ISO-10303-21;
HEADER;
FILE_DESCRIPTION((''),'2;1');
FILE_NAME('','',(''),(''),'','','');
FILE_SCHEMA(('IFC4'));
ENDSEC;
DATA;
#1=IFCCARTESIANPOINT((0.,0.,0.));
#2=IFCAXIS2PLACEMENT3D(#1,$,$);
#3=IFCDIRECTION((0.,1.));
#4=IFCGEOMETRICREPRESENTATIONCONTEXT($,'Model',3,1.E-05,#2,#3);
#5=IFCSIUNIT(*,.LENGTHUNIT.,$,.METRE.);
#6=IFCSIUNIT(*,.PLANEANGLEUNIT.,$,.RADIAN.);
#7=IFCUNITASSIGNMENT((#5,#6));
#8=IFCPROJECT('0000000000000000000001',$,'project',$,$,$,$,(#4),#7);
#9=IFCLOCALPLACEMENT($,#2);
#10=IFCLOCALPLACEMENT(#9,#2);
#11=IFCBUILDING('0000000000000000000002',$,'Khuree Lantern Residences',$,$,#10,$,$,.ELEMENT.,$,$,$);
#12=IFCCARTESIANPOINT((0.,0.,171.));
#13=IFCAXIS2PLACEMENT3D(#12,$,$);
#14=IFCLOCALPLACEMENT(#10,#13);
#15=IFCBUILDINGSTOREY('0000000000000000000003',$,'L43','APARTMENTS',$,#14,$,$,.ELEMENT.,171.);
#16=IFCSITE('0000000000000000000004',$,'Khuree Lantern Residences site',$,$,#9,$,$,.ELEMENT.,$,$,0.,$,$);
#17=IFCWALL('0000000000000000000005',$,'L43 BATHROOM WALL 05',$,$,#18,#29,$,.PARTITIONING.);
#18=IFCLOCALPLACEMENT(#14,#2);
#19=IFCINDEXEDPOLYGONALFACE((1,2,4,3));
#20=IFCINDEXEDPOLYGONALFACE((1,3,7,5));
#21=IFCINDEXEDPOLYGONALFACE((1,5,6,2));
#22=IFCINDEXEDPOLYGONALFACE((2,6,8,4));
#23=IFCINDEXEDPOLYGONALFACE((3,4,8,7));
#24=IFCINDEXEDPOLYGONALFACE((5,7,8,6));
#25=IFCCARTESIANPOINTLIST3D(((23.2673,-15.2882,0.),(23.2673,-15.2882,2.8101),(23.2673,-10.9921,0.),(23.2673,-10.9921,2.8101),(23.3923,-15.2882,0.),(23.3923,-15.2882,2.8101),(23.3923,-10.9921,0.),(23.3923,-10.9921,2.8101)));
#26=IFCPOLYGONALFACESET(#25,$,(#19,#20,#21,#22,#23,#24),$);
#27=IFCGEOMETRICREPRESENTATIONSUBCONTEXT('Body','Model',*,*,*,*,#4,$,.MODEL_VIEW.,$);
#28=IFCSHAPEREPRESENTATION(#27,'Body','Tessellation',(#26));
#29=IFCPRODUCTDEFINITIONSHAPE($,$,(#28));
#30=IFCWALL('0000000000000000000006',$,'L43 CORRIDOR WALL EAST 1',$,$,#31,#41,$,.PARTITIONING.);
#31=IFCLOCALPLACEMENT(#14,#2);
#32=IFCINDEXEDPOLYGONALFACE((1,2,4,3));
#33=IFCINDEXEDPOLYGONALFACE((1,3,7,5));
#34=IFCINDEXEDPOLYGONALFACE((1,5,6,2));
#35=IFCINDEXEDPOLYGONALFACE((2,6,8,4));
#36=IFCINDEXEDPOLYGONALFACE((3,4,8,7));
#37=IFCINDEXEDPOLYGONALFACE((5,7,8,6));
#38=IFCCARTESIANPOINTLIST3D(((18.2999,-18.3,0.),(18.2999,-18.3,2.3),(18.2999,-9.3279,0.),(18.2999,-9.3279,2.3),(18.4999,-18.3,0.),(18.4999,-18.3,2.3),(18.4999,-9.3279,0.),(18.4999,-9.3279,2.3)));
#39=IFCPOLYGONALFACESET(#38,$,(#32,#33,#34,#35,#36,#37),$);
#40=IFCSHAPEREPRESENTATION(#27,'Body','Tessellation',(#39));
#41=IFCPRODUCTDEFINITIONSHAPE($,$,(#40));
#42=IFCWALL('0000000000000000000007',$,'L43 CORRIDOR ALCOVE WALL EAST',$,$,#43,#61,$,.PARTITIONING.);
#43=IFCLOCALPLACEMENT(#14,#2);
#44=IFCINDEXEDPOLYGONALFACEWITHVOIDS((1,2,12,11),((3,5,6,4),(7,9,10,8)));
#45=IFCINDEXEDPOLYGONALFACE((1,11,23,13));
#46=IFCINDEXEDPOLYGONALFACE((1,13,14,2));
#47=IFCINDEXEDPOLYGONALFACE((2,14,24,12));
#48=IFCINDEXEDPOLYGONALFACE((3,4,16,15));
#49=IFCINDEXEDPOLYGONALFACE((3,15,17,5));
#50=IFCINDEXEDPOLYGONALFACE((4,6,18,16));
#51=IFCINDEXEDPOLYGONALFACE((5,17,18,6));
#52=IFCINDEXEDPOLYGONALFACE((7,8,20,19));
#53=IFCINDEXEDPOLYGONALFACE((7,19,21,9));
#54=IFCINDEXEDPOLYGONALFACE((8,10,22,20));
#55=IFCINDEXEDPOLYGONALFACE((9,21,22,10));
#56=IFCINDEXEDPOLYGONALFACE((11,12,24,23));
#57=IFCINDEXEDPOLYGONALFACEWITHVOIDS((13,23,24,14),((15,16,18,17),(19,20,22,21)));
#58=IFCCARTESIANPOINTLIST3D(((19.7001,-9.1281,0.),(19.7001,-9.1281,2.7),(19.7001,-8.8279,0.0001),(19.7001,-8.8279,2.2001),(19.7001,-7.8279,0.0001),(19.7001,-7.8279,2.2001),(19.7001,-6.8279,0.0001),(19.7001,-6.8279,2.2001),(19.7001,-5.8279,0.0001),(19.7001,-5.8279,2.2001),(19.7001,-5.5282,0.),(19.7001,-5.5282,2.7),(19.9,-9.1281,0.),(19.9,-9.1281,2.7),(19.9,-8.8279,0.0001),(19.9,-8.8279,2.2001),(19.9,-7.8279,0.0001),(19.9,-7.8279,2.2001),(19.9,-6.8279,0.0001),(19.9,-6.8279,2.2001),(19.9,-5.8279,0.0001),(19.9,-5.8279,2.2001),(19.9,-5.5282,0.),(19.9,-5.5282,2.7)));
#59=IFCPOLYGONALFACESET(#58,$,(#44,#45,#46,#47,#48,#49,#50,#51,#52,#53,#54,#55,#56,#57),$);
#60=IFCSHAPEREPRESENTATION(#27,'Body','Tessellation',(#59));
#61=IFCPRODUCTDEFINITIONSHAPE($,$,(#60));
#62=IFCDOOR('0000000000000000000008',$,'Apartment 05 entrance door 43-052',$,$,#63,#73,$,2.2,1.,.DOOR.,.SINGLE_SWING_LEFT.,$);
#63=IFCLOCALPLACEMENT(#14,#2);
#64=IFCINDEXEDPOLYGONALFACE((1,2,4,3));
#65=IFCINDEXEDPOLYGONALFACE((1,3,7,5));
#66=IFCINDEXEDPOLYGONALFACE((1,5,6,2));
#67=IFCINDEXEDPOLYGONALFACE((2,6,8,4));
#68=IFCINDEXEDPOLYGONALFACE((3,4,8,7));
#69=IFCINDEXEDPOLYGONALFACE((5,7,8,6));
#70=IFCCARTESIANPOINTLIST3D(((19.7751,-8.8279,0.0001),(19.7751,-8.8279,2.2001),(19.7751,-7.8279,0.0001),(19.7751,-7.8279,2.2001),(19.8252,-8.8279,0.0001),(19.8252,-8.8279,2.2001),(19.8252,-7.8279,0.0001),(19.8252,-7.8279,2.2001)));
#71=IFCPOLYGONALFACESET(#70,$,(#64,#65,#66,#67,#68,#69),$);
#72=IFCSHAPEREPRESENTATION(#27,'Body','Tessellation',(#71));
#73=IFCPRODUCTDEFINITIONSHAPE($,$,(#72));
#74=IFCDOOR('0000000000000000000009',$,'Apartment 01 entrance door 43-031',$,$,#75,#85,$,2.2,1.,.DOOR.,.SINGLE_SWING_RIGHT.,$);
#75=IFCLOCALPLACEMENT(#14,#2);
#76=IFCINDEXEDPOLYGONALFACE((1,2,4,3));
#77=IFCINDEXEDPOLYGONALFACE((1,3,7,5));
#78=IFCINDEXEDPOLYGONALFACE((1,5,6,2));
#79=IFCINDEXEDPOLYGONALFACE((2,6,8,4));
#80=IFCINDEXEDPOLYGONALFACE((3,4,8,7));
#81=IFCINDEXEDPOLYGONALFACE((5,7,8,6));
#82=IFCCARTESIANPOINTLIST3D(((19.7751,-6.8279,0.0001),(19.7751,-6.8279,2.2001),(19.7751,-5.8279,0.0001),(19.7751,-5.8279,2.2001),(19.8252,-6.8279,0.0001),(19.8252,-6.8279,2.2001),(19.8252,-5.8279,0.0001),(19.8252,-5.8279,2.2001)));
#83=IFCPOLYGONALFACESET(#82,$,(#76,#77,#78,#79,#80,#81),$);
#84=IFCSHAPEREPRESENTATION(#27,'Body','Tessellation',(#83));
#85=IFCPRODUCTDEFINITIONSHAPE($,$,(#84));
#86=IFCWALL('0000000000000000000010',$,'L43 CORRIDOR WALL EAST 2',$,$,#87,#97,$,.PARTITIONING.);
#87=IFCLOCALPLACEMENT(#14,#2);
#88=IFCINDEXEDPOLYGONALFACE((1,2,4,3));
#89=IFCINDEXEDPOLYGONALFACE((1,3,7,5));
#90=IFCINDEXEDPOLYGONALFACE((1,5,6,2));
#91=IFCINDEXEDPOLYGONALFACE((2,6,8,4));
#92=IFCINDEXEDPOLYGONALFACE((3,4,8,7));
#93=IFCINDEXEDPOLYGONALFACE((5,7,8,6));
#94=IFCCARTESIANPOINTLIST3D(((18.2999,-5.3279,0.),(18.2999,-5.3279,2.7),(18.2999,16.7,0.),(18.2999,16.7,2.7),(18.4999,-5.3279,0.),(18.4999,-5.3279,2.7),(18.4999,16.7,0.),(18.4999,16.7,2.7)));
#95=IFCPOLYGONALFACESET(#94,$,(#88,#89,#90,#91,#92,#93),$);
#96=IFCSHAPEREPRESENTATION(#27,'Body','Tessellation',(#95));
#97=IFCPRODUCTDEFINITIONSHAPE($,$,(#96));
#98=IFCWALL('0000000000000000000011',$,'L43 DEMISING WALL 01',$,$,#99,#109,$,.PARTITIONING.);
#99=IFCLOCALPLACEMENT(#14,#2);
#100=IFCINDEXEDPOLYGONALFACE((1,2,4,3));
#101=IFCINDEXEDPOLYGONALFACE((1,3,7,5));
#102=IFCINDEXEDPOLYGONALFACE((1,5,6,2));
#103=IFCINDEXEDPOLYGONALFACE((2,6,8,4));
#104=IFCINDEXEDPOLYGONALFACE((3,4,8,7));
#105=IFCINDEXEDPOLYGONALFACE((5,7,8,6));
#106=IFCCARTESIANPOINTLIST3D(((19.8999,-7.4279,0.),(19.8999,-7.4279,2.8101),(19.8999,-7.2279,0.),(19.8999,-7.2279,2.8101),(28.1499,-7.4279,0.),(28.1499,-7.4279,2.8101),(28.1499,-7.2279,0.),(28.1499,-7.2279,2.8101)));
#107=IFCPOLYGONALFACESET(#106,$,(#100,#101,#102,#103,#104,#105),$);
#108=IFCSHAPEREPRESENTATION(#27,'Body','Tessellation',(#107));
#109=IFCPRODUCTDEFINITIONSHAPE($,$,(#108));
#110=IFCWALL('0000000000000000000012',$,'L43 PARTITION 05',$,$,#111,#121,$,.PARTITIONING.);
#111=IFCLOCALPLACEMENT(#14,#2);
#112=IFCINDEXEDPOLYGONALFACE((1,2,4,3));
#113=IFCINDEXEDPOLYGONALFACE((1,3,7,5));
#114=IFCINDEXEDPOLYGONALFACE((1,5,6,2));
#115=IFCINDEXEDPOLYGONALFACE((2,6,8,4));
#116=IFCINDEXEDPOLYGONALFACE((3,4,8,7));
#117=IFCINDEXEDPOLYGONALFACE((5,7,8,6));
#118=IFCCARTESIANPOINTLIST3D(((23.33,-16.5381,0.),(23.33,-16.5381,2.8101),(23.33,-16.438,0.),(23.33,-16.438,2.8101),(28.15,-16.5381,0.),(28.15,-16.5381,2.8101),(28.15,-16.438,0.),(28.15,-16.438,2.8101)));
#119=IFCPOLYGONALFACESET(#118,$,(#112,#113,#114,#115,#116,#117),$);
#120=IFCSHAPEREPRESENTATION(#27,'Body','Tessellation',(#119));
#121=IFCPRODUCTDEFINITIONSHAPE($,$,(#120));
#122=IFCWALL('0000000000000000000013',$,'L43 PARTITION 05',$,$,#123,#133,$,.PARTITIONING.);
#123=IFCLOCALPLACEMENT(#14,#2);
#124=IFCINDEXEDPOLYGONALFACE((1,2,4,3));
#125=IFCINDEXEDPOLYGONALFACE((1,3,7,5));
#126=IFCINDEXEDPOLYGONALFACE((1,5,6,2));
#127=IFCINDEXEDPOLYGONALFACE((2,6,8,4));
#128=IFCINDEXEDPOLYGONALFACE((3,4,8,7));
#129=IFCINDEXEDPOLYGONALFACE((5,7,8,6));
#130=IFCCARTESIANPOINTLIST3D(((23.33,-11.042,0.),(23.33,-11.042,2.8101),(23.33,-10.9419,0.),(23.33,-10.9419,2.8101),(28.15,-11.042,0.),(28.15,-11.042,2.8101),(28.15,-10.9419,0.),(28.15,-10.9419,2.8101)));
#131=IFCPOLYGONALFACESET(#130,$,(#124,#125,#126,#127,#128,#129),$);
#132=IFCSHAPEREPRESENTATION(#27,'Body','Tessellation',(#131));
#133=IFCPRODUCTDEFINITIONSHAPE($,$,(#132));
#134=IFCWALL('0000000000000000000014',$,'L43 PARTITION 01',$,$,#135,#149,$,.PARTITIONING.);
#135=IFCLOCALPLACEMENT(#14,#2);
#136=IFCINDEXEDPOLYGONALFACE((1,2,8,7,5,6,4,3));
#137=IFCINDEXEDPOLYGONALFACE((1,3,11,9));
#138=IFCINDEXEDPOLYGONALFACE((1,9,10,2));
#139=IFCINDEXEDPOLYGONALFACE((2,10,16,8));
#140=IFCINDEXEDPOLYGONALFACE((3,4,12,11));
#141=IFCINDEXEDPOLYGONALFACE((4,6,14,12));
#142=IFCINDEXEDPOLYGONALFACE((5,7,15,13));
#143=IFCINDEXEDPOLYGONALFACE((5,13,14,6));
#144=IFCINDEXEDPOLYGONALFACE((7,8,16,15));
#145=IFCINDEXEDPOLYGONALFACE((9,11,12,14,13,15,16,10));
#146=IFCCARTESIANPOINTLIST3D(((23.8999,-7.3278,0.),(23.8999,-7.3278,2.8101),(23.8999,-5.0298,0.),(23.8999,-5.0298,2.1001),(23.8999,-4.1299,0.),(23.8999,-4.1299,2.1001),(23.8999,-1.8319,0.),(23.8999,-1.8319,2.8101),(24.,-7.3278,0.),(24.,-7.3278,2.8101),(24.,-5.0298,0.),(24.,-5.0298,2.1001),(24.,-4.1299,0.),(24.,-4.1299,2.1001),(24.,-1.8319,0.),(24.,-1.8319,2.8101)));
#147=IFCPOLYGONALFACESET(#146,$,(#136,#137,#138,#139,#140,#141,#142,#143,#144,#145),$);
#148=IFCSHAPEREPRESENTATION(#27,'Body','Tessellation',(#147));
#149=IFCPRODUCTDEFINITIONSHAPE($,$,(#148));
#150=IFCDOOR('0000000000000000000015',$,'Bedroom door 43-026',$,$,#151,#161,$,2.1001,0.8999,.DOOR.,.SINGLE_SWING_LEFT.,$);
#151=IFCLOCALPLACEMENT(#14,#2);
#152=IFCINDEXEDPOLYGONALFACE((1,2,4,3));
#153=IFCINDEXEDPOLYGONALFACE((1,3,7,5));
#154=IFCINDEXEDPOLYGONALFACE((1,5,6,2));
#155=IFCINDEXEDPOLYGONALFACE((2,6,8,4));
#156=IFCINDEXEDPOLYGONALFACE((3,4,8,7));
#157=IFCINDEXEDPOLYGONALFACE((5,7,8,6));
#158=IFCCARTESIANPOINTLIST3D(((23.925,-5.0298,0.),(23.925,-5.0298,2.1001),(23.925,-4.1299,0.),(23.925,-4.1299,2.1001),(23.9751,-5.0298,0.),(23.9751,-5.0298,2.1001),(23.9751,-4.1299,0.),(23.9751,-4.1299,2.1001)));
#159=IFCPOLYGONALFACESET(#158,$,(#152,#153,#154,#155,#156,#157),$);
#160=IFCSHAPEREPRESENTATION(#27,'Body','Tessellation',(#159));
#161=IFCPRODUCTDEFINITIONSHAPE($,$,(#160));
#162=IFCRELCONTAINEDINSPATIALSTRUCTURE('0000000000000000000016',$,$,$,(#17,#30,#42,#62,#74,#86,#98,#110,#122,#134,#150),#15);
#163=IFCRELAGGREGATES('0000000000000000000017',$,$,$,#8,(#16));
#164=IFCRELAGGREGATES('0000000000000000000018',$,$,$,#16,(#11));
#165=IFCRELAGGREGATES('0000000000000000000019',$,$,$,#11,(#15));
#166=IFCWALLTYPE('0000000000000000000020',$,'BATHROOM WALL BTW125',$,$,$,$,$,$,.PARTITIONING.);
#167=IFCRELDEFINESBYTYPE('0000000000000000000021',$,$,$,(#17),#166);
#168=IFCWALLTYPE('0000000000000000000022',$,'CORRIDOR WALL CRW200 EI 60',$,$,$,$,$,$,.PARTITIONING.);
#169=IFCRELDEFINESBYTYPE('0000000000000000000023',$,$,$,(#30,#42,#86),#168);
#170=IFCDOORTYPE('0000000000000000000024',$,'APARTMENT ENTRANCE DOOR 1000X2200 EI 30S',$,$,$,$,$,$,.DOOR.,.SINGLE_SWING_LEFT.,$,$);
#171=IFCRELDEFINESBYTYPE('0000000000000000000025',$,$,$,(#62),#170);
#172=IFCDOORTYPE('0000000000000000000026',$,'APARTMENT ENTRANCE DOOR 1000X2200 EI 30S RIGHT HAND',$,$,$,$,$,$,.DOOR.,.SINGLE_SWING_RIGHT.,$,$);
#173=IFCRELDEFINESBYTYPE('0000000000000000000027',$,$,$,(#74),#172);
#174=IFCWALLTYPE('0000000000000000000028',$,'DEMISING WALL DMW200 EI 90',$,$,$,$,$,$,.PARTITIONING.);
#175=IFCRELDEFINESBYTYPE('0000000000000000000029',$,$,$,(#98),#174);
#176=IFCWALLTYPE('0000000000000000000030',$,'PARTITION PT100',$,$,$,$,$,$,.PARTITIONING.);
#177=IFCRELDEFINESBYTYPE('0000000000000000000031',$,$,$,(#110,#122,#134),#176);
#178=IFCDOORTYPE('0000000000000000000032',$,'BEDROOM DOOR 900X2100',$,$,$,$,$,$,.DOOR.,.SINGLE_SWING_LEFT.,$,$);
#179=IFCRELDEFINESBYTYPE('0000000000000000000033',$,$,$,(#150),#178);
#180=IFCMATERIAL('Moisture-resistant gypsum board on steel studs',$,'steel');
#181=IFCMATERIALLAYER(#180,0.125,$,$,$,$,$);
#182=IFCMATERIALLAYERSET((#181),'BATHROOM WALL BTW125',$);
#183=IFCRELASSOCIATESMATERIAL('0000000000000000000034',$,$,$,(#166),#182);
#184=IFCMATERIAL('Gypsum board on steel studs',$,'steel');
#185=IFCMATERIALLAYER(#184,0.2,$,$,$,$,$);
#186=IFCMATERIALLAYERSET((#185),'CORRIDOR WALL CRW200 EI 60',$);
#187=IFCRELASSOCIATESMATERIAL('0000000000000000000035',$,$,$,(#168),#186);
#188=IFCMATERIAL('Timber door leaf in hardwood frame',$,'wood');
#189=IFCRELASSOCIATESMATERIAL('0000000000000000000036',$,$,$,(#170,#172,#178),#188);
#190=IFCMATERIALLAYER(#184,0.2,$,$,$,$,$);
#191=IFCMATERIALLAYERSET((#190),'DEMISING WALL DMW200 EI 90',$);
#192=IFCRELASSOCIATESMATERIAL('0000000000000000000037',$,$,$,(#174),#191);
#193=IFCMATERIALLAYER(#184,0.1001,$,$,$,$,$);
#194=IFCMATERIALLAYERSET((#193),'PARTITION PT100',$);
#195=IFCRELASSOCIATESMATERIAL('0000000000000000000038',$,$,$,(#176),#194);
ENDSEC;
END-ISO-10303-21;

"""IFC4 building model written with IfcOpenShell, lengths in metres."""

from ifc_helpers import new_model, si_unit, direction, frame, frame_2d, origin, place, context, subcontext, project, spatial, rectangle, extrude, material, layer, layer_set, type_object, element, fill, save


model = new_model("IFC4")

# Units and contexts
model_context = context("Model", 3, precision=1e-05, world=origin(), true_north=direction((0.0, 1.0)))
body_context = subcontext(model_context, "Body", "Model", "MODEL_VIEW")
ifc_project = project(units=[si_unit("LENGTHUNIT", "METRE"), si_unit("PLANEANGLEUNIT", "RADIAN")], contexts=[model_context])

# Site, building, storey
site_placement = place(None, origin())
site = spatial("IfcSite", under=ifc_project, at=site_placement, Name="Khuree Lantern Residences site", CompositionType="ELEMENT", RefElevation=0.0)
building_placement = place(site_placement, origin())
building = spatial("IfcBuilding", under=site, at=building_placement, Name="Khuree Lantern Residences", CompositionType="ELEMENT")
storey_placement = place(building_placement, frame((0.0, 0.0, 171.0)))
storey = spatial("IfcBuildingStorey", under=building, at=storey_placement, Name="L43", Description="APARTMENTS", CompositionType="ELEMENT", Elevation=171.0)

# Shared definitions
ifc_material_1 = material(Name="Moisture-resistant gypsum board on steel studs", Category="steel")
ifc_layer_1 = layer(ifc_material_1, 0.125)
ifc_layer_set_1 = layer_set([ifc_layer_1], Name="BATHROOM WALL BTW125")
wall_type_1 = type_object("IfcWallType", Name="BATHROOM WALL BTW125", PredefinedType="PARTITIONING", material=ifc_layer_set_1)
ifc_material_2 = material(Name="Timber door leaf in hardwood frame", Category="wood")

# Walls
wall_1_placement = place(storey_placement, frame((23.3298, -15.2881, 0.0), z_axis=(0.0, 0.0, 1.0), x_axis=(0.0, 1.0, 0.0)))
element("IfcWall", 1, at=wall_1_placement, inside=storey, type_object=wall_type_1, Name="L43 BATHROOM WALL 05", PredefinedType="PARTITIONING", context=body_context, shape_type="SweptSolid", body=[
    extrude(rectangle(XDim=4.2961, YDim=0.125, at=frame_2d((2.1479, 0.0))), origin(), (0.0, 0.0, 1.0), 2.8101),
])
ifc_material_3 = material(Name="Gypsum board on steel studs", Category="steel")
ifc_layer_2 = layer(ifc_material_3, 0.2)
ifc_layer_set_2 = layer_set([ifc_layer_2], Name="CORRIDOR WALL CRW200 EI 60")
wall_type_2 = type_object("IfcWallType", Name="CORRIDOR WALL CRW200 EI 60", PredefinedType="PARTITIONING", material=ifc_layer_set_2)
wall_2_placement = place(storey_placement, frame((18.3999, -18.3, 0.0), z_axis=(0.0, 0.0, 1.0), x_axis=(0.0, 1.0, 0.0)))
element("IfcWall", 2, at=wall_2_placement, inside=storey, type_object=wall_type_2, Name="L43 CORRIDOR WALL EAST 1", PredefinedType="PARTITIONING", context=body_context, shape_type="SweptSolid", body=[
    extrude(rectangle(XDim=8.9722, YDim=0.2, at=frame_2d((4.4861, 0.0))), origin(), (0.0, 0.0, 1.0), 2.3),
])

# Wall, openings, doors
wall_3_placement = place(storey_placement, frame((19.8, -9.1279, 0.0), z_axis=(0.0, 0.0, 1.0), x_axis=(0.0, 1.0, 0.0)))
wall_3 = element("IfcWall", 3, at=wall_3_placement, inside=storey, type_object=wall_type_2, Name="L43 CORRIDOR ALCOVE WALL EAST", PredefinedType="PARTITIONING", context=body_context, shape_type="SweptSolid", body=[
    extrude(rectangle(XDim=3.5999, YDim=0.2, at=frame_2d((1.7998, 0.0))), origin(), (0.0, 0.0, 1.0), 2.7),
])
opening_1_placement = place(wall_3_placement, frame((2.3, 0.0, 0.0)))
opening_1 = element("IfcOpeningElement", 4, at=opening_1_placement, cuts=wall_3, PredefinedType="OPENING", context=body_context, shape_type="SweptSolid", body=[
    extrude(rectangle(XDim=1.0, YDim=2.2, at=frame_2d((0.5, 1.1001))), frame((0.0, 0.1099, 0.0), z_axis=(0.0, -1.0, 0.0), x_axis=(1.0, 0.0, 0.0)), (0.0, 0.0, 1.0), 0.22),
])
opening_2_placement = place(wall_3_placement, frame((0.3, 0.0, 0.0)))
opening_2 = element("IfcOpeningElement", 5, at=opening_2_placement, cuts=wall_3, PredefinedType="OPENING", context=body_context, shape_type="SweptSolid", body=[
    extrude(rectangle(XDim=1.0, YDim=2.2, at=frame_2d((0.5, 1.1001))), frame((0.0, 0.1099, 0.0), z_axis=(0.0, -1.0, 0.0), x_axis=(1.0, 0.0, 0.0)), (0.0, 0.0, 1.0), 0.22),
])
door_type_1 = type_object("IfcDoorType", Name="APARTMENT ENTRANCE DOOR 1000X2200 EI 30S", OperationType="SINGLE_SWING_LEFT", PredefinedType="DOOR", material=ifc_material_2)
door_1_placement = place(opening_2_placement, origin())
door_1 = element("IfcDoor", 6, at=door_1_placement, inside=storey, type_object=door_type_1, Name="Apartment 05 entrance door 43-052", OperationType="SINGLE_SWING_LEFT", OverallHeight=2.2, OverallWidth=1.0, PredefinedType="DOOR", context=body_context, shape_type="SweptSolid", body=[
    extrude(rectangle(XDim=1.0, YDim=2.2, at=frame_2d((0.5, 1.1001))), frame((0.0, 0.0249, 0.0), z_axis=(0.0, -1.0, 0.0), x_axis=(1.0, 0.0, 0.0)), (0.0, 0.0, 1.0), 0.05),
])
fill(opening_2, door_1)
door_type_2 = type_object("IfcDoorType", Name="APARTMENT ENTRANCE DOOR 1000X2200 EI 30S RIGHT HAND", OperationType="SINGLE_SWING_RIGHT", PredefinedType="DOOR", material=ifc_material_2)
door_2_placement = place(opening_1_placement, origin())
door_2 = element("IfcDoor", 7, at=door_2_placement, inside=storey, type_object=door_type_2, Name="Apartment 01 entrance door 43-031", OperationType="SINGLE_SWING_RIGHT", OverallHeight=2.2, OverallWidth=1.0, PredefinedType="DOOR", context=body_context, shape_type="SweptSolid", body=[
    extrude(rectangle(XDim=1.0, YDim=2.2, at=frame_2d((0.5, 1.1001))), frame((0.0, 0.0249, 0.0), z_axis=(0.0, -1.0, 0.0), x_axis=(1.0, 0.0, 0.0)), (0.0, 0.0, 1.0), 0.05),
])
fill(opening_1, door_2)

# Walls
wall_4_placement = place(storey_placement, frame((18.3999, -5.3279, 0.0), z_axis=(0.0, 0.0, 1.0), x_axis=(0.0, 1.0, 0.0)))
element("IfcWall", 8, at=wall_4_placement, inside=storey, type_object=wall_type_2, Name="L43 CORRIDOR WALL EAST 2", PredefinedType="PARTITIONING", context=body_context, shape_type="SweptSolid", body=[
    extrude(rectangle(XDim=22.0278, YDim=0.2, at=frame_2d((11.0139, 0.0))), origin(), (0.0, 0.0, 1.0), 2.7),
])
ifc_layer_3 = layer(ifc_material_3, 0.2)
ifc_layer_set_3 = layer_set([ifc_layer_3], Name="DEMISING WALL DMW200 EI 90")
wall_type_3 = type_object("IfcWallType", Name="DEMISING WALL DMW200 EI 90", PredefinedType="PARTITIONING", material=ifc_layer_set_3)
wall_5_placement = place(storey_placement, frame((19.8999, -7.3279, 0.0), z_axis=(0.0, 0.0, 1.0), x_axis=(1.0, 0.0, 0.0)))
element("IfcWall", 9, at=wall_5_placement, inside=storey, type_object=wall_type_3, Name="L43 DEMISING WALL 01", PredefinedType="PARTITIONING", context=body_context, shape_type="SweptSolid", body=[
    extrude(rectangle(XDim=8.25, YDim=0.2, at=frame_2d((4.125, 0.0))), origin(), (0.0, 0.0, 1.0), 2.8101),
])
ifc_layer_4 = layer(ifc_material_3, 0.1001)
ifc_layer_set_4 = layer_set([ifc_layer_4], Name="PARTITION PT100")
wall_type_4 = type_object("IfcWallType", Name="PARTITION PT100", PredefinedType="PARTITIONING", material=ifc_layer_set_4)
for number, where, z_axis, x_axis, name in (
    (10, (23.3298, -16.488, 0.0), (0.0, 0.0, 1.0), (1.0, 0.0, 0.0), "L43 PARTITION 05"),
    (11, (23.3298, -10.9919, 0.0), (0.0, 0.0, 1.0), (1.0, 0.0, 0.0), "L43 PARTITION 05"),
):
    element("IfcWall", number, at=place(storey_placement, frame(where, z_axis=z_axis, x_axis=x_axis)), inside=storey, type_object=wall_type_4, Name=name, PredefinedType="PARTITIONING", context=body_context, shape_type="SweptSolid", body=[
        extrude(rectangle(XDim=4.8201, YDim=0.1001, at=frame_2d((2.4102, 0.0))), origin(), (0.0, 0.0, 1.0), 2.8101),
    ])

# Wall, opening, door
wall_6_placement = place(storey_placement, frame((23.95, -7.3279, 0.0), z_axis=(0.0, 0.0, 1.0), x_axis=(0.0, 1.0, 0.0)))
wall_6 = element("IfcWall", 12, at=wall_6_placement, inside=storey, type_object=wall_type_4, Name="L43 PARTITION 01", PredefinedType="PARTITIONING", context=body_context, shape_type="SweptSolid", body=[
    extrude(rectangle(XDim=5.4958, YDim=0.1001, at=frame_2d((2.748, 0.0))), origin(), (0.0, 0.0, 1.0), 2.8101),
])
opening_3_placement = place(wall_6_placement, frame((2.2981, 0.0, 0.0)))
opening_3 = element("IfcOpeningElement", 13, at=opening_3_placement, cuts=wall_6, PredefinedType="OPENING", context=body_context, shape_type="SweptSolid", body=[
    extrude(rectangle(XDim=0.8999, YDim=2.1001, at=frame_2d((0.45, 1.05))), frame((0.0, 0.0601, 0.0), z_axis=(0.0, -1.0, 0.0), x_axis=(1.0, 0.0, 0.0)), (0.0, 0.0, 1.0), 0.1201),
])
door_type_3 = type_object("IfcDoorType", Name="BEDROOM DOOR 900X2100", OperationType="SINGLE_SWING_LEFT", PredefinedType="DOOR", material=ifc_material_2)
door_3_placement = place(opening_3_placement, origin())
door_3 = element("IfcDoor", 14, at=door_3_placement, inside=storey, type_object=door_type_3, Name="Bedroom door 43-026", OperationType="SINGLE_SWING_LEFT", OverallHeight=2.1001, OverallWidth=0.8999, PredefinedType="DOOR", context=body_context, shape_type="SweptSolid", body=[
    extrude(rectangle(XDim=0.8999, YDim=2.1001, at=frame_2d((0.45, 1.05))), frame((0.0, 0.0249, 0.0), z_axis=(0.0, -1.0, 0.0), x_axis=(1.0, 0.0, 0.0)), (0.0, 0.0, 1.0), 0.05),
])
fill(opening_3, door_3)

save(model, "model.ifc")
